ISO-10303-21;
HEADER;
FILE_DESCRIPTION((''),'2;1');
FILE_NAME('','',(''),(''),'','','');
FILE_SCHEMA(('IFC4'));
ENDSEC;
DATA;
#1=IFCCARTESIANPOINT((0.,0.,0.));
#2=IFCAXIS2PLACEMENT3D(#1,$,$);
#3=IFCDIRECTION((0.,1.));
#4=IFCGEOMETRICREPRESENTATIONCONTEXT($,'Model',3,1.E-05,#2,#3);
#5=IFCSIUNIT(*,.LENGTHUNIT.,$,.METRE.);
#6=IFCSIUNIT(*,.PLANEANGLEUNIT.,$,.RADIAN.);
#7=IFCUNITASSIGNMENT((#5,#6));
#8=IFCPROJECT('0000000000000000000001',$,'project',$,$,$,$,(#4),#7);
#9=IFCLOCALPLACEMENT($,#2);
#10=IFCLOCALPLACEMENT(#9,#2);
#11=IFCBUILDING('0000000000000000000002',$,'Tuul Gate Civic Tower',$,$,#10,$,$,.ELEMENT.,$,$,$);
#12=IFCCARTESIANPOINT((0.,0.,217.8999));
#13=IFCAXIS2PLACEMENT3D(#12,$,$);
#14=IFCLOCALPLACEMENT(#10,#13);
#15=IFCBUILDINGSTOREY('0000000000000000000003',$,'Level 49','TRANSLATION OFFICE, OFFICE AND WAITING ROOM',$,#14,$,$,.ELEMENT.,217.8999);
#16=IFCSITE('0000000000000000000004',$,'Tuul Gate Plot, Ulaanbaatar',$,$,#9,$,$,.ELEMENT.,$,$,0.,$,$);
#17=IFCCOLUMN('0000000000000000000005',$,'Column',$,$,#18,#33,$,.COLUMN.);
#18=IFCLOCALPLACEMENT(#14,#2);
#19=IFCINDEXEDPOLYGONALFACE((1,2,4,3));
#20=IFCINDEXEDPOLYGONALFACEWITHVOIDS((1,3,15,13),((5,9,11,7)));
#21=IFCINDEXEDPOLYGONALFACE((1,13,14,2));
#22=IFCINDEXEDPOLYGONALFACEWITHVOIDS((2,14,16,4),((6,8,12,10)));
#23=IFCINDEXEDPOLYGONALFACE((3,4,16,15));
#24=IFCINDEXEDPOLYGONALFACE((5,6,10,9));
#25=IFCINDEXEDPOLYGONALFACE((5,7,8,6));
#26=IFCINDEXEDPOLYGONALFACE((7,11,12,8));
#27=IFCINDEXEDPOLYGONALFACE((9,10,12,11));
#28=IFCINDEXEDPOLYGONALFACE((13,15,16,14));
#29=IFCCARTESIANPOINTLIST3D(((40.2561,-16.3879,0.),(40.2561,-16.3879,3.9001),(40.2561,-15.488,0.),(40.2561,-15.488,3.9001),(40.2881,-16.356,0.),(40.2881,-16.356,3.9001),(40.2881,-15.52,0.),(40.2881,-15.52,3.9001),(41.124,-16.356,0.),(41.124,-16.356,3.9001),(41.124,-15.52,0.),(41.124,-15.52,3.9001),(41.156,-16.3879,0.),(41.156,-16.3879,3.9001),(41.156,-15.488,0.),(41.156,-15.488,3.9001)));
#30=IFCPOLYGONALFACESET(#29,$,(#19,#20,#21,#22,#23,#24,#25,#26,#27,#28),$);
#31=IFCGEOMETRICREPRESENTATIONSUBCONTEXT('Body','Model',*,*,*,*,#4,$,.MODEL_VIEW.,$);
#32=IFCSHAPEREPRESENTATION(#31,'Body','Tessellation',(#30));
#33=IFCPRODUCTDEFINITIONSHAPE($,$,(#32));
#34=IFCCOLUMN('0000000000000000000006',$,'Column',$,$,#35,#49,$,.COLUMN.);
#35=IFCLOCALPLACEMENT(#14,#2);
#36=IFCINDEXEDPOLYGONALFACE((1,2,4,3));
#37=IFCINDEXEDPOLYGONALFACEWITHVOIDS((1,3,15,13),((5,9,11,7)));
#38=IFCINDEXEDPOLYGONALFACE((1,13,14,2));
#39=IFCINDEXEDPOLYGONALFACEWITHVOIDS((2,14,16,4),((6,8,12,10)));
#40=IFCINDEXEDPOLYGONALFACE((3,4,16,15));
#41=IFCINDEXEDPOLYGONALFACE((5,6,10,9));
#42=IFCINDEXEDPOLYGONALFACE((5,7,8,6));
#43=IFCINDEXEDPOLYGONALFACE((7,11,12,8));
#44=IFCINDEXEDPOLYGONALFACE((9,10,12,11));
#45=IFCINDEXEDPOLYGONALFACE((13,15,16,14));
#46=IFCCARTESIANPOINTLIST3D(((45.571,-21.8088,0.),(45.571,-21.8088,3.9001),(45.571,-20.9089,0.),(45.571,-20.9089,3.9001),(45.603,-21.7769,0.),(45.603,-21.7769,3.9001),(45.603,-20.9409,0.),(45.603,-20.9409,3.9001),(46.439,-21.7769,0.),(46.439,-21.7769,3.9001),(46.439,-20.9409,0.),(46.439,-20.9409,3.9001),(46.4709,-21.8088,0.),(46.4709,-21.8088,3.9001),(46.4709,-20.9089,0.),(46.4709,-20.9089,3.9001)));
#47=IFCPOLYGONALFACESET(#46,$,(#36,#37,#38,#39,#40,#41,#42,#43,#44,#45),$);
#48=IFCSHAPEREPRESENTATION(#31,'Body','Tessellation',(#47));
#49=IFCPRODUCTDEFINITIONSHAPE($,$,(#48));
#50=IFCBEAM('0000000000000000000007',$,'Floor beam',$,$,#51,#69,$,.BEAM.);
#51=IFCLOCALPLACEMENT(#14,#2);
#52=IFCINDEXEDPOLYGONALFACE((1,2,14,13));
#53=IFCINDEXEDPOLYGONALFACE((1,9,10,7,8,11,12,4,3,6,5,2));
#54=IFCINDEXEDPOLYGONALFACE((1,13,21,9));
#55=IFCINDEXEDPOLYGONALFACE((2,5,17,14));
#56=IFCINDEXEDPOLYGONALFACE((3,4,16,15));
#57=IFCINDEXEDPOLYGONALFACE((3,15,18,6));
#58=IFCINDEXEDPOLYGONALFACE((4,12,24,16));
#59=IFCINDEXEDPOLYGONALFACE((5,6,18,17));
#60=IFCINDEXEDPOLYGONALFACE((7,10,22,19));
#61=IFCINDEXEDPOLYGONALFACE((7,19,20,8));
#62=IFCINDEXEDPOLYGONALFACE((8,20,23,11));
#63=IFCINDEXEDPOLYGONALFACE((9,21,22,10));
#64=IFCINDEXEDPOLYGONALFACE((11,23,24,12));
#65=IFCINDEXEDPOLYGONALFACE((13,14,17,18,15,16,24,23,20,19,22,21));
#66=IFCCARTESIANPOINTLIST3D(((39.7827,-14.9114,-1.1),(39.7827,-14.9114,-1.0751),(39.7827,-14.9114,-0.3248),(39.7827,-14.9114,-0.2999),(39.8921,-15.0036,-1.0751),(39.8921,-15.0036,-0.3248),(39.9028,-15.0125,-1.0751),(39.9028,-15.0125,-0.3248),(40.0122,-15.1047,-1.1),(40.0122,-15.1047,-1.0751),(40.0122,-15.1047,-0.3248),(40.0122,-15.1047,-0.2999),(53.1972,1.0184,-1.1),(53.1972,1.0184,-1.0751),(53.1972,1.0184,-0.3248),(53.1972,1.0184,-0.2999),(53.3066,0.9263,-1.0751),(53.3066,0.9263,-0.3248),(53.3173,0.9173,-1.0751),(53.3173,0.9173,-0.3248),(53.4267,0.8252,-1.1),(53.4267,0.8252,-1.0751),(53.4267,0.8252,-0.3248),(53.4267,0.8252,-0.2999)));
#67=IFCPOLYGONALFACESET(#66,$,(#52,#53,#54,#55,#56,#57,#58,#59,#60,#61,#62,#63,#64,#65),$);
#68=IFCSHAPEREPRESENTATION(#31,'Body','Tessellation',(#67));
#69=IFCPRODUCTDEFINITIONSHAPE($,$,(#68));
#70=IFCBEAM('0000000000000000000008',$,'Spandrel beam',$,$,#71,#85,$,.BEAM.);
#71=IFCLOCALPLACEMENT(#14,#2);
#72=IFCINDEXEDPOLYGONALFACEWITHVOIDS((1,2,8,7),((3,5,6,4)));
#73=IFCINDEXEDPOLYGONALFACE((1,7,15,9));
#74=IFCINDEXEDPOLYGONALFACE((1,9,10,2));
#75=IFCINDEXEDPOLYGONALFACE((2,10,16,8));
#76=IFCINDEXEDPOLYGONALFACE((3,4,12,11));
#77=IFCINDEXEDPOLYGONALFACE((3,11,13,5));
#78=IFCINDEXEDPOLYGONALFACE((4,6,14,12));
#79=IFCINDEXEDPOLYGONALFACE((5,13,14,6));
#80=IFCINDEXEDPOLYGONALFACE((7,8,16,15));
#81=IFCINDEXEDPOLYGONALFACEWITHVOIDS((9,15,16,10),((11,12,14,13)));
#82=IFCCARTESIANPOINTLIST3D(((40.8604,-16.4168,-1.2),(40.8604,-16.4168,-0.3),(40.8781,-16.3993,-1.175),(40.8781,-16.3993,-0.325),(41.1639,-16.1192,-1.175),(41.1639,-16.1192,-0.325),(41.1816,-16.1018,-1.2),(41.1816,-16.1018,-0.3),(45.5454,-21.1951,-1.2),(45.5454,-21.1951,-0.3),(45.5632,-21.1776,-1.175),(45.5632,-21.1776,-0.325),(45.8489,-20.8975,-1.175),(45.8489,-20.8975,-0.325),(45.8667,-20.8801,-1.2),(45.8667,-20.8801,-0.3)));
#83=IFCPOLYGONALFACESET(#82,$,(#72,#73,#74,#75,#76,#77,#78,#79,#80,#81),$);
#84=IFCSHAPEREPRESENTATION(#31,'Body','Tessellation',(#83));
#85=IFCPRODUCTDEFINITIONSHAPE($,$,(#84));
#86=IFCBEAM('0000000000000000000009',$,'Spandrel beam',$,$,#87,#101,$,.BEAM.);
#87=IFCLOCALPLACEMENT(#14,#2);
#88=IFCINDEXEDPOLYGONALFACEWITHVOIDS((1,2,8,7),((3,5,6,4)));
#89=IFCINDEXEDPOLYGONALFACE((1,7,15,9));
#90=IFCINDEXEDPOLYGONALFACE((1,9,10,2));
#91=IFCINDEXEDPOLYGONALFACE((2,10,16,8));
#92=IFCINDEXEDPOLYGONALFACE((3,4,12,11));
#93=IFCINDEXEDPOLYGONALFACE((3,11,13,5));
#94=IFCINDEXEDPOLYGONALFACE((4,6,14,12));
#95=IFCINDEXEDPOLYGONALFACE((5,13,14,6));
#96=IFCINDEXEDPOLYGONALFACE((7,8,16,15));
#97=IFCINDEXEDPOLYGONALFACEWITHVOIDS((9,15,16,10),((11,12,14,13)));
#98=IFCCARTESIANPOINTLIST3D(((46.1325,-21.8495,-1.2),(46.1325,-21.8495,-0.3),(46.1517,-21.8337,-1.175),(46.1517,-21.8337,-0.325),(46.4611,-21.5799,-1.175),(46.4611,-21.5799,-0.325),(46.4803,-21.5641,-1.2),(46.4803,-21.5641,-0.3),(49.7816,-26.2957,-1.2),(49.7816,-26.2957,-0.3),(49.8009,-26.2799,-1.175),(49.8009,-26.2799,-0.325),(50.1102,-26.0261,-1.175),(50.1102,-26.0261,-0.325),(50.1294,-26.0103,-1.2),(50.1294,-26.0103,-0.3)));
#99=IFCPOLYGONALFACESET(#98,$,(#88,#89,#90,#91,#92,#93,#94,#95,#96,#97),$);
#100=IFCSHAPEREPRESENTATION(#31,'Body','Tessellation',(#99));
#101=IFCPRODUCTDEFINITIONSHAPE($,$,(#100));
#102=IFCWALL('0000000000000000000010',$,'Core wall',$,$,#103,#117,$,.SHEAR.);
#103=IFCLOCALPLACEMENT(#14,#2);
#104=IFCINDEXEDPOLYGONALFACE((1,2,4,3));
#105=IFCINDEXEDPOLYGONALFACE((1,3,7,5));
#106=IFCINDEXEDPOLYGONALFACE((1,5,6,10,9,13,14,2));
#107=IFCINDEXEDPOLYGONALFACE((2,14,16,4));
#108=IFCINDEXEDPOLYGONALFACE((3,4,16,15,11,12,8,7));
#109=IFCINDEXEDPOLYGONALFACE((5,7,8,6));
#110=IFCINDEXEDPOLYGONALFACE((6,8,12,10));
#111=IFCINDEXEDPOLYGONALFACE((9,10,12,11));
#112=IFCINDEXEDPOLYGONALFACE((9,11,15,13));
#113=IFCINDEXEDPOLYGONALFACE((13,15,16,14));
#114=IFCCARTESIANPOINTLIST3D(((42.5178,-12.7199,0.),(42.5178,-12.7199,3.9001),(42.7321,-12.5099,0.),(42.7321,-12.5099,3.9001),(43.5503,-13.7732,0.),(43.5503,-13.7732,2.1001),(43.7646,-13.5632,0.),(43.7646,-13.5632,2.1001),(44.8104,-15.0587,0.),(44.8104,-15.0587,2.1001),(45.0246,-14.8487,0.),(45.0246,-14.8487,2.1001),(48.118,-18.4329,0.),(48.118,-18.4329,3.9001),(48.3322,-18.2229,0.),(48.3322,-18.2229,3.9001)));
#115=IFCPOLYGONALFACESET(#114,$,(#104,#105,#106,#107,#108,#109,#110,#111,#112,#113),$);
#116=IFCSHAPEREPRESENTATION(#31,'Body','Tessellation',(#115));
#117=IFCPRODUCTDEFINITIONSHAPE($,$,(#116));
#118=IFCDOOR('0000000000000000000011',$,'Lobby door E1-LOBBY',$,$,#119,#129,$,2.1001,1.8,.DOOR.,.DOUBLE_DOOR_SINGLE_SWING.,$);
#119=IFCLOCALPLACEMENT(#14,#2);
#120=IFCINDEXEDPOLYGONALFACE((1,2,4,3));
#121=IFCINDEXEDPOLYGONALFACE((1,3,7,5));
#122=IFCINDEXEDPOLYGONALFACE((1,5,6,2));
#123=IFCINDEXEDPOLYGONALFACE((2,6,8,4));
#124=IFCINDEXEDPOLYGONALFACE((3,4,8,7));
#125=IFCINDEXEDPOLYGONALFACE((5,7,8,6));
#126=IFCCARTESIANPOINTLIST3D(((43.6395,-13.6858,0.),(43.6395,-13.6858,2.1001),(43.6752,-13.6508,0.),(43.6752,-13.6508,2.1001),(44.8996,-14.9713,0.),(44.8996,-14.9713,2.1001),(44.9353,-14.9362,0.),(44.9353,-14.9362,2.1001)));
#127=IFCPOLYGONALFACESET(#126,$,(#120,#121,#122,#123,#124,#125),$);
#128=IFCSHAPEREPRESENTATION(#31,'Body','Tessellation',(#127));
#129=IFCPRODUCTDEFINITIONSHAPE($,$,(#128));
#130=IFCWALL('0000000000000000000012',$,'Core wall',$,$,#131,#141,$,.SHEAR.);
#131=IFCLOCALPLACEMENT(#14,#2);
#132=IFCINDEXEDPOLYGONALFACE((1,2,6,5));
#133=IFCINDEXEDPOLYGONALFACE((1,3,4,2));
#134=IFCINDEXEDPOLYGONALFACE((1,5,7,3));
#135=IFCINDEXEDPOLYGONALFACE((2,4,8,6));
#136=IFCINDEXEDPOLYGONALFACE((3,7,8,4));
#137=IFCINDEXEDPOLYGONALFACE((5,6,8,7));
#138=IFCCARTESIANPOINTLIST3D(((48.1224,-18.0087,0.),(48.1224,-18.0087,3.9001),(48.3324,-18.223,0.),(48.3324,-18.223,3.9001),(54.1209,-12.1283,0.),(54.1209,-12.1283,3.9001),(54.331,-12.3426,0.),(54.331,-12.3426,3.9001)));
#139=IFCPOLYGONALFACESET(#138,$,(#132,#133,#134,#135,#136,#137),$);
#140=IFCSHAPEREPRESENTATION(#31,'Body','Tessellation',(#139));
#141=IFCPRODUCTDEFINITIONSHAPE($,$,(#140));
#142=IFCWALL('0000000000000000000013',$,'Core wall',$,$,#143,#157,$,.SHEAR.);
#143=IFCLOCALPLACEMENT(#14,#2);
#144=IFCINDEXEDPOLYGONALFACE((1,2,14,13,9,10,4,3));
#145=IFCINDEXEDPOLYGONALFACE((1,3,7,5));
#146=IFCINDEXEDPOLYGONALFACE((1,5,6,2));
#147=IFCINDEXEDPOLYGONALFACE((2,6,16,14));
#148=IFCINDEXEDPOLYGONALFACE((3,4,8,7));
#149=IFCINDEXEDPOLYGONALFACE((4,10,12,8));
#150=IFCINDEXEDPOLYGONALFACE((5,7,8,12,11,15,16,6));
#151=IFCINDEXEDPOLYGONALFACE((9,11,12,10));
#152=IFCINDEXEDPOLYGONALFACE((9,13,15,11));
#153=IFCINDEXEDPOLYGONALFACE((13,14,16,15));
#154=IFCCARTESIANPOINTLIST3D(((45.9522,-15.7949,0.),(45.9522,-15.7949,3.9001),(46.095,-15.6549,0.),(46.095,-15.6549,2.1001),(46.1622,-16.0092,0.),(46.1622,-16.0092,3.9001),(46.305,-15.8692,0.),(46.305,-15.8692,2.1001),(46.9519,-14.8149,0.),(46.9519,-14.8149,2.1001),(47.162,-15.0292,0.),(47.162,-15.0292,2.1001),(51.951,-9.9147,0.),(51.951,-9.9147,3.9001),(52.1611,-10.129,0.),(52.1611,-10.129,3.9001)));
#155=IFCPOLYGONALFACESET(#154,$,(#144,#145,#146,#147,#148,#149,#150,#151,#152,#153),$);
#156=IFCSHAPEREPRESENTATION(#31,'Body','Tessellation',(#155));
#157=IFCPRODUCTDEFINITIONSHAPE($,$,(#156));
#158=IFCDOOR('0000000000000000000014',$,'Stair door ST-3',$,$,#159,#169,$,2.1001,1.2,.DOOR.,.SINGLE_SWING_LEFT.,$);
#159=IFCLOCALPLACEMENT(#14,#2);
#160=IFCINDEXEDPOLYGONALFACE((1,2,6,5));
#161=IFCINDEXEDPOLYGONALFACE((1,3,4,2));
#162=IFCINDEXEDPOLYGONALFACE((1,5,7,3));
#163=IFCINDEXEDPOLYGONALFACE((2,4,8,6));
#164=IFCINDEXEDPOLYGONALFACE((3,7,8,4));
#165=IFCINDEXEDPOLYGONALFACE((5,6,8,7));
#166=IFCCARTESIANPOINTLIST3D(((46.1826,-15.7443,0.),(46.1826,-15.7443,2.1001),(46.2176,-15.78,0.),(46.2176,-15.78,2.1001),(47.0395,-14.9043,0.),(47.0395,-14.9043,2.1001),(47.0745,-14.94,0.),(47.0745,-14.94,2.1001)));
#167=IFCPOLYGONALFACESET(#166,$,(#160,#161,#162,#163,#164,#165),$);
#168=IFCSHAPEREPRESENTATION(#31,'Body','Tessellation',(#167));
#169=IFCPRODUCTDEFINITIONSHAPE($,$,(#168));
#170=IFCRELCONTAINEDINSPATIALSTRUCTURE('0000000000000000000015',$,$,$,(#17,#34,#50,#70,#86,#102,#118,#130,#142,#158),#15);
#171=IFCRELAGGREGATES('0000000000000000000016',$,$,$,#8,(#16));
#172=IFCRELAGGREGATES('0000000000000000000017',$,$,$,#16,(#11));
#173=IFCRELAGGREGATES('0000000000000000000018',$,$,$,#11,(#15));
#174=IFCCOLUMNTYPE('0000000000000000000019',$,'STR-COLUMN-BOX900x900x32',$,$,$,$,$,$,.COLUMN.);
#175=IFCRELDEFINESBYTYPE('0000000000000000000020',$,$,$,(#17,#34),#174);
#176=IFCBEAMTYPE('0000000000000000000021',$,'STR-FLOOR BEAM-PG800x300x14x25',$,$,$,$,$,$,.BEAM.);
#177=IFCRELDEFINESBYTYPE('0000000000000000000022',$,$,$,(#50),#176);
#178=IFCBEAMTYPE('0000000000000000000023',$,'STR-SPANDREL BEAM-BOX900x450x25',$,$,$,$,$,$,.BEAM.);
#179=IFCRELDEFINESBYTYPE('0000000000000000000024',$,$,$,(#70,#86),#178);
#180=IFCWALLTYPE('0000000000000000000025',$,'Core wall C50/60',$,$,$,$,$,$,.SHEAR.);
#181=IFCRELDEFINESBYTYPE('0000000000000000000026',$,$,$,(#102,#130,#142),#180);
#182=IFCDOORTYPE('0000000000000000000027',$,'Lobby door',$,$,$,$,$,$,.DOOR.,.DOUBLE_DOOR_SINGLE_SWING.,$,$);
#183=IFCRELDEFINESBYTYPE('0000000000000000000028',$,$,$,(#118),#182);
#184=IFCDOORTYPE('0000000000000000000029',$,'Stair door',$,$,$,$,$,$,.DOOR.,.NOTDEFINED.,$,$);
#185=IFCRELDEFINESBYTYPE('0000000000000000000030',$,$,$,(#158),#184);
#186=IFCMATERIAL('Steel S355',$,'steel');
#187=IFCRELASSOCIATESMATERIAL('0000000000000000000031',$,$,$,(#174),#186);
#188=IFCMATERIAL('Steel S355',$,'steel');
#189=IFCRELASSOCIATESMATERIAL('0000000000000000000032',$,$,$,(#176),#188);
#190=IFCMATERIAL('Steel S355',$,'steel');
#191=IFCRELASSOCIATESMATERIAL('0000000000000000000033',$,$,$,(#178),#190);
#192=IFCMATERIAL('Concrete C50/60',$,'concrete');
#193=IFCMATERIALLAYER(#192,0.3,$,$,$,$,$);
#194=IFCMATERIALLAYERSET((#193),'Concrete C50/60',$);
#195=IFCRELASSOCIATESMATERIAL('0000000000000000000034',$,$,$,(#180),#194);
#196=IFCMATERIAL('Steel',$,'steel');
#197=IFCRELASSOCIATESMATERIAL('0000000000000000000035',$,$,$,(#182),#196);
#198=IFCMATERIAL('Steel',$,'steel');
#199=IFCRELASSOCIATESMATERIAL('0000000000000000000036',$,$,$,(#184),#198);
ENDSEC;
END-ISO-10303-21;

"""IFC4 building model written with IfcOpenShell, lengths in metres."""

from ifc_helpers import new_model, si_unit, direction, frame, frame_2d, origin, origin_2d, place, context, subcontext, project, spatial, rectangle, hollow_rectangle, i_section, extrude, material, layer, layer_set, material_profile, profile_set, type_object, element, fill, save


model = new_model("IFC4")

# Units and contexts
model_context = context("Model", 3, precision=1e-05, world=origin(), true_north=direction((0.0, 1.0)))
body_context = subcontext(model_context, "Body", "Model", "MODEL_VIEW")
ifc_project = project(units=[si_unit("LENGTHUNIT", "METRE"), si_unit("PLANEANGLEUNIT", "RADIAN")], contexts=[model_context])

# Site, building, storey
site_placement = place(None, origin())
site = spatial("IfcSite", under=ifc_project, at=site_placement, Name="Tuul Gate Plot, Ulaanbaatar", CompositionType="ELEMENT", RefElevation=0.0)
building_placement = place(site_placement, origin())
building = spatial("IfcBuilding", under=site, at=building_placement, Name="Tuul Gate Civic Tower", CompositionType="ELEMENT")
storey_placement = place(building_placement, frame((0.0, 0.0, 217.8999)))
storey = spatial("IfcBuildingStorey", under=building, at=storey_placement, Name="Level 49", Description="TRANSLATION OFFICE, OFFICE AND WAITING ROOM", CompositionType="ELEMENT", Elevation=217.8999)

# Columns
ifc_material_1 = material(Name="Steel S355", Category="steel")
ifc_material_profile_1 = material_profile(ifc_material_1, hollow_rectangle(XDim=0.8999, YDim=0.8999, WallThickness=0.032, at=origin_2d()), Name="BOX900x900x32")
ifc_profile_set_1 = profile_set([ifc_material_profile_1], Name="Steel S355")
column_type = type_object("IfcColumnType", Name="STR-COLUMN-BOX900x900x32", PredefinedType="COLUMN", material=ifc_profile_set_1)
for number, where, z_axis, x_axis, name in (
    (1, (40.7061, -15.938, 0.0), (0.0, 0.0, 1.0), (1.0, 0.0, 0.0), "Column"),
    (2, (46.021, -21.3589, 0.0), (0.0, 0.0, 1.0), (1.0, 0.0, 0.0), "Column"),
):
    element("IfcColumn", number, at=place(storey_placement, frame(where, z_axis=z_axis, x_axis=x_axis)), inside=storey, type_object=column_type, Name=name, PredefinedType="COLUMN", context=body_context, shape_type="SweptSolid", body=[
        extrude(hollow_rectangle(XDim=0.8999, YDim=0.8999, WallThickness=0.032, at=origin_2d()), origin(), (0.0, 0.0, 1.0), 3.9001),
    ])

# Beams
ifc_material_2 = material(Name="Steel S355", Category="steel")
ifc_material_profile_2 = material_profile(ifc_material_2, i_section(OverallWidth=0.3, OverallDepth=0.8, WebThickness=0.0139, FlangeThickness=0.0249, at=origin_2d()), Name="PG800x300x14x25")
ifc_profile_set_2 = profile_set([ifc_material_profile_2], Name="Steel S355")
beam_type_1 = type_object("IfcBeamType", Name="STR-FLOOR BEAM-PG800x300x14x25", PredefinedType="BEAM", material=ifc_profile_set_2)
beam_1_placement = place(storey_placement, frame((39.8975, -15.0081, -0.7), z_axis=(0.644132, 0.764914, 0.0), x_axis=(-0.764914, 0.644132, 0.0)))
element("IfcBeam", 3, at=beam_1_placement, inside=storey, type_object=beam_type_1, Name="Floor beam", PredefinedType="BEAM", context=body_context, shape_type="SweptSolid", body=[
    extrude(i_section(OverallWidth=0.3, OverallDepth=0.8, WebThickness=0.0139, FlangeThickness=0.0249, at=origin_2d()), origin(), (0.0, 0.0, 1.0), 20.8257),
])
ifc_material_3 = material(Name="Steel S355", Category="steel")
ifc_material_profile_3 = material_profile(ifc_material_3, hollow_rectangle(XDim=0.45, YDim=0.8999, WallThickness=0.0249, at=origin_2d()), Name="BOX900x450x25")
ifc_profile_set_3 = profile_set([ifc_material_profile_3], Name="Steel S355")
beam_type_2 = type_object("IfcBeamType", Name="STR-SPANDREL BEAM-BOX900x450x25", PredefinedType="BEAM", material=ifc_profile_set_3)
beam_2_placement = place(storey_placement, frame((41.021, -16.2593, -0.75), z_axis=(0.700104, -0.714041, 0.0), x_axis=(0.714041, 0.700104, 0.0)))
element("IfcBeam", 4, at=beam_2_placement, inside=storey, type_object=beam_type_2, Name="Spandrel beam", PredefinedType="BEAM", context=body_context, shape_type="SweptSolid", body=[
    extrude(hollow_rectangle(XDim=0.45, YDim=0.8999, WallThickness=0.0249, at=origin_2d()), origin(), (0.0, 0.0, 1.0), 6.6919),
])
beam_3_placement = place(storey_placement, frame((46.3064, -21.7068, -0.75), z_axis=(0.634414, -0.772994, 0.0), x_axis=(0.772994, 0.634414, 0.0)))
element("IfcBeam", 5, at=beam_3_placement, inside=storey, type_object=beam_type_2, Name="Spandrel beam", PredefinedType="BEAM", context=body_context, shape_type="SweptSolid", body=[
    extrude(hollow_rectangle(XDim=0.45, YDim=0.8999, WallThickness=0.0249, at=origin_2d()), origin(), (0.0, 0.0, 1.0), 5.752),
])

# Wall, opening, door
ifc_material_4 = material(Name="Concrete C50/60", Category="concrete")
ifc_layer_1 = layer(ifc_material_4, 0.3)
ifc_layer_set_1 = layer_set([ifc_layer_1], Name="Concrete C50/60")
wall_type_1 = type_object("IfcWallType", Name="Core wall C50/60", PredefinedType="SHEAR", material=ifc_layer_set_1)
wall_1_placement = place(storey_placement, frame((48.2251, -18.3279, 0.0), z_axis=(0.0, 0.0, 1.0), x_axis=(-0.700022, 0.714121, 0.0)))
wall_1 = element("IfcWall", 6, at=wall_1_placement, inside=storey, type_object=wall_type_1, Name="Core wall", PredefinedType="SHEAR", context=body_context, shape_type="SweptSolid", body=[
    extrude(rectangle(XDim=8.0, YDim=0.3, at=frame_2d((4.0, 0.0))), origin(), (0.0, 0.0, 1.0), 3.9001),
])
opening_1_placement = place(wall_1_placement, frame((4.7251, 0.0, 0.0)))
opening_1 = element("IfcOpeningElement", 7, at=opening_1_placement, cuts=wall_1, PredefinedType="OPENING", context=body_context, shape_type="SweptSolid", body=[
    extrude(rectangle(XDim=1.8, YDim=2.1001, at=frame_2d((0.8999, 1.05))), frame((0.0, 0.1602, 0.0), z_axis=(0.0, -1.0, 0.0), x_axis=(1.0, 0.0, 0.0)), (0.0, 0.0, 1.0), 0.3201),
])
ifc_material_5 = material(Name="Steel", Category="steel")
door_type_1 = type_object("IfcDoorType", Name="Lobby door", OperationType="DOUBLE_DOOR_SINGLE_SWING", PredefinedType="DOOR", material=ifc_material_5)
door_1_placement = place(opening_1_placement, frame((1.8, 0.0, 0.0), z_axis=(0.0, 0.0, 1.0), x_axis=(-1.0, 0.0, 0.0)))
door_1 = element("IfcDoor", 8, at=door_1_placement, inside=storey, type_object=door_type_1, Name="Lobby door E1-LOBBY", OperationType="DOUBLE_DOOR_SINGLE_SWING", OverallHeight=2.1001, OverallWidth=1.8, PredefinedType="DOOR", context=body_context, shape_type="SweptSolid", body=[
    extrude(rectangle(XDim=1.8, YDim=2.1001, at=frame_2d((0.9001, 1.05))), frame((0.0, 0.0249, 0.0), z_axis=(0.0, -1.0, 0.0), x_axis=(1.0, 0.0, 0.0)), (0.0, 0.0, 1.0), 0.05),
])
fill(opening_1, door_1)

# Wall
wall_2_placement = place(storey_placement, frame((48.2273, -18.116, 0.0), z_axis=(0.0, 0.0, 1.0), x_axis=(0.714105, 0.700038, 0.0)))
element("IfcWall", 9, at=wall_2_placement, inside=storey, type_object=wall_type_1, Name="Core wall", PredefinedType="SHEAR", context=body_context, shape_type="SweptSolid", body=[
    extrude(rectangle(XDim=8.4001, YDim=0.3, at=frame_2d((4.2002, 0.0))), origin(), (0.0, 0.0, 1.0), 3.9001),
])

# Wall, opening, door
wall_3_placement = place(storey_placement, frame((46.0571, -15.9021, 0.0), z_axis=(0.0, 0.0, 1.0), x_axis=(0.714134, 0.700009, 0.0)))
wall_3 = element("IfcWall", 10, at=wall_3_placement, inside=storey, type_object=wall_type_1, Name="Core wall", PredefinedType="SHEAR", context=body_context, shape_type="SweptSolid", body=[
    extrude(rectangle(XDim=8.4001, YDim=0.3, at=frame_2d((4.2002, 0.0))), origin(), (0.0, 0.0, 1.0), 3.9001),
])
opening_2_placement = place(wall_3_placement, frame((0.2, 0.0, 0.0)))
opening_2 = element("IfcOpeningElement", 11, at=opening_2_placement, cuts=wall_3, PredefinedType="OPENING", context=body_context, shape_type="SweptSolid", body=[
    extrude(rectangle(XDim=1.2, YDim=2.1001, at=frame_2d((0.6001, 1.05))), frame((0.0, 0.1602, 0.0), z_axis=(0.0, -1.0, 0.0), x_axis=(1.0, 0.0, 0.0)), (0.0, 0.0, 1.0), 0.3201),
])
ifc_material_6 = material(Name="Steel", Category="steel")
door_type_2 = type_object("IfcDoorType", Name="Stair door", OperationType="NOTDEFINED", PredefinedType="DOOR", material=ifc_material_6)
door_2_placement = place(opening_2_placement, origin())
door_2 = element("IfcDoor", 12, at=door_2_placement, inside=storey, type_object=door_type_2, Name="Stair door ST-3", OperationType="SINGLE_SWING_LEFT", OverallHeight=2.1001, OverallWidth=1.2, PredefinedType="DOOR", context=body_context, shape_type="SweptSolid", body=[
    extrude(rectangle(XDim=1.2, YDim=2.1001, at=frame_2d((0.6001, 1.05))), frame((0.0, 0.0249, 0.0), z_axis=(0.0, -1.0, 0.0), x_axis=(1.0, 0.0, 0.0)), (0.0, 0.0, 1.0), 0.05),
])
fill(opening_2, door_2)

save(model, "model.ifc")
